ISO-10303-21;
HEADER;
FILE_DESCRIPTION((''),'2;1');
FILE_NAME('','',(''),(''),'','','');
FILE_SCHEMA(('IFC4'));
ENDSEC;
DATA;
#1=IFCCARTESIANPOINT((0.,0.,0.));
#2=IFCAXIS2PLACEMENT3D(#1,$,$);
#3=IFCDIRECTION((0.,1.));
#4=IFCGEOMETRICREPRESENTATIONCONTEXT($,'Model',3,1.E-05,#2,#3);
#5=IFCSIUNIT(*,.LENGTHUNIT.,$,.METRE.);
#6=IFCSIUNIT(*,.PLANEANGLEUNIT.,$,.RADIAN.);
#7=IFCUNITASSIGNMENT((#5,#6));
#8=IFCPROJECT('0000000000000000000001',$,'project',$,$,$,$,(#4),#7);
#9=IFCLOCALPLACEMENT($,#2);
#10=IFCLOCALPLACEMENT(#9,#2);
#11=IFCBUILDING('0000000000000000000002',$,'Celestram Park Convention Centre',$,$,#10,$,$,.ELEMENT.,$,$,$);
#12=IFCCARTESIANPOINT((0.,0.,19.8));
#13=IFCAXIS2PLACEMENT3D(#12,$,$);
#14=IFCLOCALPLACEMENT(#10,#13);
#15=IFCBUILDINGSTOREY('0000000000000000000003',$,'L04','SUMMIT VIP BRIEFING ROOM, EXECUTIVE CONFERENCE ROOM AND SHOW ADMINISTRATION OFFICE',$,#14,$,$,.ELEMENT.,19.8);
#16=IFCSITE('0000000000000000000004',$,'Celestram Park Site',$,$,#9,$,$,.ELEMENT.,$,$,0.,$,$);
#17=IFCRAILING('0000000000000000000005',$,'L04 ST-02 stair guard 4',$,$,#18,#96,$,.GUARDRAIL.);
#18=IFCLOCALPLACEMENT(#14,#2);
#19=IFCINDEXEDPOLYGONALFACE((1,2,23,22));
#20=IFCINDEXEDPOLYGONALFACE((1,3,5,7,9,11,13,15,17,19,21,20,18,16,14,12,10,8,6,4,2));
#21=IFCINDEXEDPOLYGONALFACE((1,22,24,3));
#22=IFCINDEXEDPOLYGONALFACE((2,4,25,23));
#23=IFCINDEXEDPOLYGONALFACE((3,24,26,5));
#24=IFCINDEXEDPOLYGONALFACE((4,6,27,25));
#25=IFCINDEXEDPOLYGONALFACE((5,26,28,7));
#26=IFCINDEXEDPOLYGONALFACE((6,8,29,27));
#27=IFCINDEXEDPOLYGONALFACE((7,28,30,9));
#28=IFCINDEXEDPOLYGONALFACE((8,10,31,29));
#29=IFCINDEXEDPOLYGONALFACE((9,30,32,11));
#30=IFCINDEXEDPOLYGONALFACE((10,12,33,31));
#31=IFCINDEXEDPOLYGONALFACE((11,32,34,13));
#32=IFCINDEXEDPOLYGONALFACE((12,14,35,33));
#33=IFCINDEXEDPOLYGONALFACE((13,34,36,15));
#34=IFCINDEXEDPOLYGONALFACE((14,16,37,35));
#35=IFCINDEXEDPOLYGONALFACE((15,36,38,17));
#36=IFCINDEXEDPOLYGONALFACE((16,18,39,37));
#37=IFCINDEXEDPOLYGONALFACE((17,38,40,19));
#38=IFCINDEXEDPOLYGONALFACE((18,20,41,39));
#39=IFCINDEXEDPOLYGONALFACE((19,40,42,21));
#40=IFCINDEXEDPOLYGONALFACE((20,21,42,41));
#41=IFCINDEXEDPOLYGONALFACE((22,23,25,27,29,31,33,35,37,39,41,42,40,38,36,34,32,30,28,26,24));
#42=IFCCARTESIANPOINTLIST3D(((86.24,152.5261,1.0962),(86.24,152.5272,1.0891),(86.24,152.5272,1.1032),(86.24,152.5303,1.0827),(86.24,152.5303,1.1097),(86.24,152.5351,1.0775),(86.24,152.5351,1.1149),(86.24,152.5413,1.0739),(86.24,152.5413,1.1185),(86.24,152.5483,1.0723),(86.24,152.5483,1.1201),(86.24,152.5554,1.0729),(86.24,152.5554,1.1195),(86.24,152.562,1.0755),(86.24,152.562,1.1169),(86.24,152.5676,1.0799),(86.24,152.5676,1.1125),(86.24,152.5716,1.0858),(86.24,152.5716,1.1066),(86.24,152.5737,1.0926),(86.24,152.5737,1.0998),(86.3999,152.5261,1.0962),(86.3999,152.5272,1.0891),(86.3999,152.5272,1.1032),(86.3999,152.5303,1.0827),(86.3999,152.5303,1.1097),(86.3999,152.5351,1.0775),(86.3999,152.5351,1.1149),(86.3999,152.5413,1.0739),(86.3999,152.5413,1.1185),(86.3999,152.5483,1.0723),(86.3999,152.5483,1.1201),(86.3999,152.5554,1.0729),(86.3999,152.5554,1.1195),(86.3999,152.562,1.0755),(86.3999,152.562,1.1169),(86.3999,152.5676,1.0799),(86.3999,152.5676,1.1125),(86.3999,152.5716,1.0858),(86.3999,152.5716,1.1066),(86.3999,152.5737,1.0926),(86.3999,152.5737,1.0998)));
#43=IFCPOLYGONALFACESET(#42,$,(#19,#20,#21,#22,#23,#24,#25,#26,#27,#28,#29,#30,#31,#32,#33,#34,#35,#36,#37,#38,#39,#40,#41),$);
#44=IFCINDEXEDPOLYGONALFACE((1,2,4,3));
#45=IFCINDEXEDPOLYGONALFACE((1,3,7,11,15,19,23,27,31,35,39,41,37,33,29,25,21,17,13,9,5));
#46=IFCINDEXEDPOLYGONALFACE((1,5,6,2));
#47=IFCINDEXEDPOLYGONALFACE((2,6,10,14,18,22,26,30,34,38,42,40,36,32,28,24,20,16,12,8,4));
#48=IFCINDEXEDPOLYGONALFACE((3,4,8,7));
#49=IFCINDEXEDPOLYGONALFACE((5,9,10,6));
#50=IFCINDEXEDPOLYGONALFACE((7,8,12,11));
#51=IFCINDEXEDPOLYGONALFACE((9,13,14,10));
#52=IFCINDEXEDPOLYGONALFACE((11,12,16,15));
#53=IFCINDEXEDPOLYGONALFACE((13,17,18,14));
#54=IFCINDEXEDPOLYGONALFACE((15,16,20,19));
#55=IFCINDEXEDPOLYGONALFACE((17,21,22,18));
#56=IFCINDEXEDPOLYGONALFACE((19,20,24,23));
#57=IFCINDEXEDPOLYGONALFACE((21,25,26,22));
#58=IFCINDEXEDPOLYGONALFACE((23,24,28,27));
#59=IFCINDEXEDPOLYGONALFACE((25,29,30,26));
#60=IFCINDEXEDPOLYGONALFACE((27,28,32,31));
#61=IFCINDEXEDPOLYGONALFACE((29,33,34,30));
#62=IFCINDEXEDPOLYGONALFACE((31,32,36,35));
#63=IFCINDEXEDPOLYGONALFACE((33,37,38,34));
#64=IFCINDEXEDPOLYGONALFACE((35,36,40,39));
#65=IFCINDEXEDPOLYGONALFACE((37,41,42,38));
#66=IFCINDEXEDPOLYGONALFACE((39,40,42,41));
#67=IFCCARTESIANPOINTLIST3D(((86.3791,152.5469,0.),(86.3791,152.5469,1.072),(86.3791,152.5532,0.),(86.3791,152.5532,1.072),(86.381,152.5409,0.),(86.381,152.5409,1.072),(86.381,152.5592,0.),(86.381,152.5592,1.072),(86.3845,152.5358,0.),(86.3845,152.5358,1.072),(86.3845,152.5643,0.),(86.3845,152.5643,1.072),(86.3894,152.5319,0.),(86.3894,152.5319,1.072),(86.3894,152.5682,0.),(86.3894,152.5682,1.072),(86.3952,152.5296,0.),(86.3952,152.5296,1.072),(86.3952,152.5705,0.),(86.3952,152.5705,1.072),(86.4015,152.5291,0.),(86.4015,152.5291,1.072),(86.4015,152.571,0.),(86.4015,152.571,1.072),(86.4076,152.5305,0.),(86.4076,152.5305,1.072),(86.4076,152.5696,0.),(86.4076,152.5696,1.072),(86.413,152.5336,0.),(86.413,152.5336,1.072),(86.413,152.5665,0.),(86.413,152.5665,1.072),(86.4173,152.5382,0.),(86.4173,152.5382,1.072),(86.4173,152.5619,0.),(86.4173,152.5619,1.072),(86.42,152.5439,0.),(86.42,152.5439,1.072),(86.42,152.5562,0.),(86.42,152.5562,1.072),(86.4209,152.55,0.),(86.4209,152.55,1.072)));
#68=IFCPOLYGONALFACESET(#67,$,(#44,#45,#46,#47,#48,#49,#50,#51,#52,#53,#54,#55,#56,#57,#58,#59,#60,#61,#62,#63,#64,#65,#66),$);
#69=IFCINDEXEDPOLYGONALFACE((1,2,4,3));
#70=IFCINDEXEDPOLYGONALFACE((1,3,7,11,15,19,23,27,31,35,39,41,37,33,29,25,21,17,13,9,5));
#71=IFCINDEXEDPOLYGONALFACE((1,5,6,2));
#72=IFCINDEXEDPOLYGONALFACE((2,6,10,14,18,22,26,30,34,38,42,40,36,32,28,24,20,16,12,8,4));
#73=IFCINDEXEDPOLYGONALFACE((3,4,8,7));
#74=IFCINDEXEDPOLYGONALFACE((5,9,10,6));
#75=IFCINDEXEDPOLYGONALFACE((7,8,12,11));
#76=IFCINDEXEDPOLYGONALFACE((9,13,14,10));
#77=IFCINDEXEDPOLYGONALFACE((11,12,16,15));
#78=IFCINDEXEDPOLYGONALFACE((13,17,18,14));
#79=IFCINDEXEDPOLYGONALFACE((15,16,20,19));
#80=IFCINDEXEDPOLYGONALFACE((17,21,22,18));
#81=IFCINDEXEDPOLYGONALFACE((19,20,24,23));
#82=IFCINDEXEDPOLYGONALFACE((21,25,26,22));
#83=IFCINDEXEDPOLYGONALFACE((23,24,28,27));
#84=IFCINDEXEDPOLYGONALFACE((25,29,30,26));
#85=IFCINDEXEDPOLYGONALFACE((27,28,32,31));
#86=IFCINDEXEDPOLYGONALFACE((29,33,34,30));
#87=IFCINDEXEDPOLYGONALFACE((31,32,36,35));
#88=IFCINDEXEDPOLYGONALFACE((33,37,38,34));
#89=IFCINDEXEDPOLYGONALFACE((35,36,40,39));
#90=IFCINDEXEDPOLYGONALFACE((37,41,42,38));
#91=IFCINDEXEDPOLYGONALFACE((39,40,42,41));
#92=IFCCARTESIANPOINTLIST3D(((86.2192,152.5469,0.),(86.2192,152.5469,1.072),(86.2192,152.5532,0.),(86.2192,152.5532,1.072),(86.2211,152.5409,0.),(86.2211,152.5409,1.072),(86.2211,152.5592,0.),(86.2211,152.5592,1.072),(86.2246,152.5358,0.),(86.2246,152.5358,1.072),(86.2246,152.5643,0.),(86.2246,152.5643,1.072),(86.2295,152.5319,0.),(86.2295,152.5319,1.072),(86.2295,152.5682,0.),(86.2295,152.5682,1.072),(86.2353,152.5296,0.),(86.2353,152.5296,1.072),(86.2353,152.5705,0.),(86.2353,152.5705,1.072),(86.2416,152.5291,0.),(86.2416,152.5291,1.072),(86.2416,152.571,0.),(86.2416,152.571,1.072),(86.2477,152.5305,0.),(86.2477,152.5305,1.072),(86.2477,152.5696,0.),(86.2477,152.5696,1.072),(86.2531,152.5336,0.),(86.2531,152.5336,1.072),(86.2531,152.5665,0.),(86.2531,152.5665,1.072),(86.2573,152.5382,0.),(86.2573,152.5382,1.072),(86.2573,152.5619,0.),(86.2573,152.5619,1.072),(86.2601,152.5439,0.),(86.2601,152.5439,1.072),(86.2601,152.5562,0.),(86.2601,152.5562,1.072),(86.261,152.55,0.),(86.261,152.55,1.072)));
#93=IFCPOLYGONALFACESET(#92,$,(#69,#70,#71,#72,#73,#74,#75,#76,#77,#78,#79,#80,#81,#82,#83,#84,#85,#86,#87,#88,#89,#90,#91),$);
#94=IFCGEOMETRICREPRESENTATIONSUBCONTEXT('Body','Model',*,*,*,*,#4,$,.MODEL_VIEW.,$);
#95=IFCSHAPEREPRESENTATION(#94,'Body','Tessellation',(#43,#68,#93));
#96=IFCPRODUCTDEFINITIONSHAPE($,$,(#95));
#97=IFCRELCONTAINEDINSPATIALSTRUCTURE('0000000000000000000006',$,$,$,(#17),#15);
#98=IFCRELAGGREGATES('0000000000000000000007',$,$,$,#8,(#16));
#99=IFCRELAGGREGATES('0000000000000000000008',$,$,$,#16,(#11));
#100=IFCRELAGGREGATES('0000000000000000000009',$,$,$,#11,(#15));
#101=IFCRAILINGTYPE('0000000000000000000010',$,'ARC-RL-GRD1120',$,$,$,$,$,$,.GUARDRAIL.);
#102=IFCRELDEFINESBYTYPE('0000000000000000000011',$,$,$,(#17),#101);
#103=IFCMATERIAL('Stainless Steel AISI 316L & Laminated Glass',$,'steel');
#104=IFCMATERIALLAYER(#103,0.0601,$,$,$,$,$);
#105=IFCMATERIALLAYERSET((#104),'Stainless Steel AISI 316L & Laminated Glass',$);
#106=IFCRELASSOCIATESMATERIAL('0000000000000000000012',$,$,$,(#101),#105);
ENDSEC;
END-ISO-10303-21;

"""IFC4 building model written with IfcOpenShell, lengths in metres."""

from ifc_helpers import new_model, si_unit, direction, frame, origin, origin_2d, place, context, subcontext, project, spatial, circle, extrude, material, layer, layer_set, type_object, element, save


model = new_model("IFC4")

# Units and contexts
model_context = context("Model", 3, precision=1e-05, world=origin(), true_north=direction((0.0, 1.0)))
body_context = subcontext(model_context, "Body", "Model", "MODEL_VIEW")
ifc_project = project(units=[si_unit("LENGTHUNIT", "METRE"), si_unit("PLANEANGLEUNIT", "RADIAN")], contexts=[model_context])

# Site, building, storey
site_placement = place(None, origin())
site = spatial("IfcSite", under=ifc_project, at=site_placement, Name="Celestram Park Site", CompositionType="ELEMENT", RefElevation=0.0)
building_placement = place(site_placement, origin())
building = spatial("IfcBuilding", under=site, at=building_placement, Name="Celestram Park Convention Centre", CompositionType="ELEMENT")
storey_placement = place(building_placement, frame((0.0, 0.0, 19.8)))
storey = spatial("IfcBuildingStorey", under=building, at=storey_placement, Name="L04", Description="SUMMIT VIP BRIEFING ROOM, EXECUTIVE CONFERENCE ROOM AND SHOW ADMINISTRATION OFFICE", CompositionType="ELEMENT", Elevation=19.8)

# Railing
ifc_material_1 = material(Name="Stainless Steel AISI 316L & Laminated Glass", Category="steel")
ifc_layer_1 = layer(ifc_material_1, 0.0601)
ifc_layer_set_1 = layer_set([ifc_layer_1], Name="Stainless Steel AISI 316L & Laminated Glass")
railing_type_1 = type_object("IfcRailingType", Name="ARC-RL-GRD1120", PredefinedType="GUARDRAIL", material=ifc_layer_set_1)
railing_1_placement = place(storey_placement, frame((86.3999, 152.55, 0.0)))
element("IfcRailing", 1, at=railing_1_placement, inside=storey, type_object=railing_type_1, Name="L04 ST-02 stair guard 4", PredefinedType="GUARDRAIL", context=body_context, shape_type="SweptSolid", body=[
    extrude(circle(Radius=0.0239, at=origin_2d()), frame((0.0, 0.0, 1.0962), z_axis=(-1.0, 0.0, 0.0), x_axis=(0.0, -1.0, 0.0)), (0.0, 0.0, 1.0), 0.1599),
    extrude(circle(Radius=0.021, at=origin_2d()), origin(), (0.0, 0.0, 1.0), 1.072),
    extrude(circle(Radius=0.021, at=origin_2d()), frame((-0.1599, 0.0, 0.0)), (0.0, 0.0, 1.0), 1.072),
])

save(model, "model.ifc")
